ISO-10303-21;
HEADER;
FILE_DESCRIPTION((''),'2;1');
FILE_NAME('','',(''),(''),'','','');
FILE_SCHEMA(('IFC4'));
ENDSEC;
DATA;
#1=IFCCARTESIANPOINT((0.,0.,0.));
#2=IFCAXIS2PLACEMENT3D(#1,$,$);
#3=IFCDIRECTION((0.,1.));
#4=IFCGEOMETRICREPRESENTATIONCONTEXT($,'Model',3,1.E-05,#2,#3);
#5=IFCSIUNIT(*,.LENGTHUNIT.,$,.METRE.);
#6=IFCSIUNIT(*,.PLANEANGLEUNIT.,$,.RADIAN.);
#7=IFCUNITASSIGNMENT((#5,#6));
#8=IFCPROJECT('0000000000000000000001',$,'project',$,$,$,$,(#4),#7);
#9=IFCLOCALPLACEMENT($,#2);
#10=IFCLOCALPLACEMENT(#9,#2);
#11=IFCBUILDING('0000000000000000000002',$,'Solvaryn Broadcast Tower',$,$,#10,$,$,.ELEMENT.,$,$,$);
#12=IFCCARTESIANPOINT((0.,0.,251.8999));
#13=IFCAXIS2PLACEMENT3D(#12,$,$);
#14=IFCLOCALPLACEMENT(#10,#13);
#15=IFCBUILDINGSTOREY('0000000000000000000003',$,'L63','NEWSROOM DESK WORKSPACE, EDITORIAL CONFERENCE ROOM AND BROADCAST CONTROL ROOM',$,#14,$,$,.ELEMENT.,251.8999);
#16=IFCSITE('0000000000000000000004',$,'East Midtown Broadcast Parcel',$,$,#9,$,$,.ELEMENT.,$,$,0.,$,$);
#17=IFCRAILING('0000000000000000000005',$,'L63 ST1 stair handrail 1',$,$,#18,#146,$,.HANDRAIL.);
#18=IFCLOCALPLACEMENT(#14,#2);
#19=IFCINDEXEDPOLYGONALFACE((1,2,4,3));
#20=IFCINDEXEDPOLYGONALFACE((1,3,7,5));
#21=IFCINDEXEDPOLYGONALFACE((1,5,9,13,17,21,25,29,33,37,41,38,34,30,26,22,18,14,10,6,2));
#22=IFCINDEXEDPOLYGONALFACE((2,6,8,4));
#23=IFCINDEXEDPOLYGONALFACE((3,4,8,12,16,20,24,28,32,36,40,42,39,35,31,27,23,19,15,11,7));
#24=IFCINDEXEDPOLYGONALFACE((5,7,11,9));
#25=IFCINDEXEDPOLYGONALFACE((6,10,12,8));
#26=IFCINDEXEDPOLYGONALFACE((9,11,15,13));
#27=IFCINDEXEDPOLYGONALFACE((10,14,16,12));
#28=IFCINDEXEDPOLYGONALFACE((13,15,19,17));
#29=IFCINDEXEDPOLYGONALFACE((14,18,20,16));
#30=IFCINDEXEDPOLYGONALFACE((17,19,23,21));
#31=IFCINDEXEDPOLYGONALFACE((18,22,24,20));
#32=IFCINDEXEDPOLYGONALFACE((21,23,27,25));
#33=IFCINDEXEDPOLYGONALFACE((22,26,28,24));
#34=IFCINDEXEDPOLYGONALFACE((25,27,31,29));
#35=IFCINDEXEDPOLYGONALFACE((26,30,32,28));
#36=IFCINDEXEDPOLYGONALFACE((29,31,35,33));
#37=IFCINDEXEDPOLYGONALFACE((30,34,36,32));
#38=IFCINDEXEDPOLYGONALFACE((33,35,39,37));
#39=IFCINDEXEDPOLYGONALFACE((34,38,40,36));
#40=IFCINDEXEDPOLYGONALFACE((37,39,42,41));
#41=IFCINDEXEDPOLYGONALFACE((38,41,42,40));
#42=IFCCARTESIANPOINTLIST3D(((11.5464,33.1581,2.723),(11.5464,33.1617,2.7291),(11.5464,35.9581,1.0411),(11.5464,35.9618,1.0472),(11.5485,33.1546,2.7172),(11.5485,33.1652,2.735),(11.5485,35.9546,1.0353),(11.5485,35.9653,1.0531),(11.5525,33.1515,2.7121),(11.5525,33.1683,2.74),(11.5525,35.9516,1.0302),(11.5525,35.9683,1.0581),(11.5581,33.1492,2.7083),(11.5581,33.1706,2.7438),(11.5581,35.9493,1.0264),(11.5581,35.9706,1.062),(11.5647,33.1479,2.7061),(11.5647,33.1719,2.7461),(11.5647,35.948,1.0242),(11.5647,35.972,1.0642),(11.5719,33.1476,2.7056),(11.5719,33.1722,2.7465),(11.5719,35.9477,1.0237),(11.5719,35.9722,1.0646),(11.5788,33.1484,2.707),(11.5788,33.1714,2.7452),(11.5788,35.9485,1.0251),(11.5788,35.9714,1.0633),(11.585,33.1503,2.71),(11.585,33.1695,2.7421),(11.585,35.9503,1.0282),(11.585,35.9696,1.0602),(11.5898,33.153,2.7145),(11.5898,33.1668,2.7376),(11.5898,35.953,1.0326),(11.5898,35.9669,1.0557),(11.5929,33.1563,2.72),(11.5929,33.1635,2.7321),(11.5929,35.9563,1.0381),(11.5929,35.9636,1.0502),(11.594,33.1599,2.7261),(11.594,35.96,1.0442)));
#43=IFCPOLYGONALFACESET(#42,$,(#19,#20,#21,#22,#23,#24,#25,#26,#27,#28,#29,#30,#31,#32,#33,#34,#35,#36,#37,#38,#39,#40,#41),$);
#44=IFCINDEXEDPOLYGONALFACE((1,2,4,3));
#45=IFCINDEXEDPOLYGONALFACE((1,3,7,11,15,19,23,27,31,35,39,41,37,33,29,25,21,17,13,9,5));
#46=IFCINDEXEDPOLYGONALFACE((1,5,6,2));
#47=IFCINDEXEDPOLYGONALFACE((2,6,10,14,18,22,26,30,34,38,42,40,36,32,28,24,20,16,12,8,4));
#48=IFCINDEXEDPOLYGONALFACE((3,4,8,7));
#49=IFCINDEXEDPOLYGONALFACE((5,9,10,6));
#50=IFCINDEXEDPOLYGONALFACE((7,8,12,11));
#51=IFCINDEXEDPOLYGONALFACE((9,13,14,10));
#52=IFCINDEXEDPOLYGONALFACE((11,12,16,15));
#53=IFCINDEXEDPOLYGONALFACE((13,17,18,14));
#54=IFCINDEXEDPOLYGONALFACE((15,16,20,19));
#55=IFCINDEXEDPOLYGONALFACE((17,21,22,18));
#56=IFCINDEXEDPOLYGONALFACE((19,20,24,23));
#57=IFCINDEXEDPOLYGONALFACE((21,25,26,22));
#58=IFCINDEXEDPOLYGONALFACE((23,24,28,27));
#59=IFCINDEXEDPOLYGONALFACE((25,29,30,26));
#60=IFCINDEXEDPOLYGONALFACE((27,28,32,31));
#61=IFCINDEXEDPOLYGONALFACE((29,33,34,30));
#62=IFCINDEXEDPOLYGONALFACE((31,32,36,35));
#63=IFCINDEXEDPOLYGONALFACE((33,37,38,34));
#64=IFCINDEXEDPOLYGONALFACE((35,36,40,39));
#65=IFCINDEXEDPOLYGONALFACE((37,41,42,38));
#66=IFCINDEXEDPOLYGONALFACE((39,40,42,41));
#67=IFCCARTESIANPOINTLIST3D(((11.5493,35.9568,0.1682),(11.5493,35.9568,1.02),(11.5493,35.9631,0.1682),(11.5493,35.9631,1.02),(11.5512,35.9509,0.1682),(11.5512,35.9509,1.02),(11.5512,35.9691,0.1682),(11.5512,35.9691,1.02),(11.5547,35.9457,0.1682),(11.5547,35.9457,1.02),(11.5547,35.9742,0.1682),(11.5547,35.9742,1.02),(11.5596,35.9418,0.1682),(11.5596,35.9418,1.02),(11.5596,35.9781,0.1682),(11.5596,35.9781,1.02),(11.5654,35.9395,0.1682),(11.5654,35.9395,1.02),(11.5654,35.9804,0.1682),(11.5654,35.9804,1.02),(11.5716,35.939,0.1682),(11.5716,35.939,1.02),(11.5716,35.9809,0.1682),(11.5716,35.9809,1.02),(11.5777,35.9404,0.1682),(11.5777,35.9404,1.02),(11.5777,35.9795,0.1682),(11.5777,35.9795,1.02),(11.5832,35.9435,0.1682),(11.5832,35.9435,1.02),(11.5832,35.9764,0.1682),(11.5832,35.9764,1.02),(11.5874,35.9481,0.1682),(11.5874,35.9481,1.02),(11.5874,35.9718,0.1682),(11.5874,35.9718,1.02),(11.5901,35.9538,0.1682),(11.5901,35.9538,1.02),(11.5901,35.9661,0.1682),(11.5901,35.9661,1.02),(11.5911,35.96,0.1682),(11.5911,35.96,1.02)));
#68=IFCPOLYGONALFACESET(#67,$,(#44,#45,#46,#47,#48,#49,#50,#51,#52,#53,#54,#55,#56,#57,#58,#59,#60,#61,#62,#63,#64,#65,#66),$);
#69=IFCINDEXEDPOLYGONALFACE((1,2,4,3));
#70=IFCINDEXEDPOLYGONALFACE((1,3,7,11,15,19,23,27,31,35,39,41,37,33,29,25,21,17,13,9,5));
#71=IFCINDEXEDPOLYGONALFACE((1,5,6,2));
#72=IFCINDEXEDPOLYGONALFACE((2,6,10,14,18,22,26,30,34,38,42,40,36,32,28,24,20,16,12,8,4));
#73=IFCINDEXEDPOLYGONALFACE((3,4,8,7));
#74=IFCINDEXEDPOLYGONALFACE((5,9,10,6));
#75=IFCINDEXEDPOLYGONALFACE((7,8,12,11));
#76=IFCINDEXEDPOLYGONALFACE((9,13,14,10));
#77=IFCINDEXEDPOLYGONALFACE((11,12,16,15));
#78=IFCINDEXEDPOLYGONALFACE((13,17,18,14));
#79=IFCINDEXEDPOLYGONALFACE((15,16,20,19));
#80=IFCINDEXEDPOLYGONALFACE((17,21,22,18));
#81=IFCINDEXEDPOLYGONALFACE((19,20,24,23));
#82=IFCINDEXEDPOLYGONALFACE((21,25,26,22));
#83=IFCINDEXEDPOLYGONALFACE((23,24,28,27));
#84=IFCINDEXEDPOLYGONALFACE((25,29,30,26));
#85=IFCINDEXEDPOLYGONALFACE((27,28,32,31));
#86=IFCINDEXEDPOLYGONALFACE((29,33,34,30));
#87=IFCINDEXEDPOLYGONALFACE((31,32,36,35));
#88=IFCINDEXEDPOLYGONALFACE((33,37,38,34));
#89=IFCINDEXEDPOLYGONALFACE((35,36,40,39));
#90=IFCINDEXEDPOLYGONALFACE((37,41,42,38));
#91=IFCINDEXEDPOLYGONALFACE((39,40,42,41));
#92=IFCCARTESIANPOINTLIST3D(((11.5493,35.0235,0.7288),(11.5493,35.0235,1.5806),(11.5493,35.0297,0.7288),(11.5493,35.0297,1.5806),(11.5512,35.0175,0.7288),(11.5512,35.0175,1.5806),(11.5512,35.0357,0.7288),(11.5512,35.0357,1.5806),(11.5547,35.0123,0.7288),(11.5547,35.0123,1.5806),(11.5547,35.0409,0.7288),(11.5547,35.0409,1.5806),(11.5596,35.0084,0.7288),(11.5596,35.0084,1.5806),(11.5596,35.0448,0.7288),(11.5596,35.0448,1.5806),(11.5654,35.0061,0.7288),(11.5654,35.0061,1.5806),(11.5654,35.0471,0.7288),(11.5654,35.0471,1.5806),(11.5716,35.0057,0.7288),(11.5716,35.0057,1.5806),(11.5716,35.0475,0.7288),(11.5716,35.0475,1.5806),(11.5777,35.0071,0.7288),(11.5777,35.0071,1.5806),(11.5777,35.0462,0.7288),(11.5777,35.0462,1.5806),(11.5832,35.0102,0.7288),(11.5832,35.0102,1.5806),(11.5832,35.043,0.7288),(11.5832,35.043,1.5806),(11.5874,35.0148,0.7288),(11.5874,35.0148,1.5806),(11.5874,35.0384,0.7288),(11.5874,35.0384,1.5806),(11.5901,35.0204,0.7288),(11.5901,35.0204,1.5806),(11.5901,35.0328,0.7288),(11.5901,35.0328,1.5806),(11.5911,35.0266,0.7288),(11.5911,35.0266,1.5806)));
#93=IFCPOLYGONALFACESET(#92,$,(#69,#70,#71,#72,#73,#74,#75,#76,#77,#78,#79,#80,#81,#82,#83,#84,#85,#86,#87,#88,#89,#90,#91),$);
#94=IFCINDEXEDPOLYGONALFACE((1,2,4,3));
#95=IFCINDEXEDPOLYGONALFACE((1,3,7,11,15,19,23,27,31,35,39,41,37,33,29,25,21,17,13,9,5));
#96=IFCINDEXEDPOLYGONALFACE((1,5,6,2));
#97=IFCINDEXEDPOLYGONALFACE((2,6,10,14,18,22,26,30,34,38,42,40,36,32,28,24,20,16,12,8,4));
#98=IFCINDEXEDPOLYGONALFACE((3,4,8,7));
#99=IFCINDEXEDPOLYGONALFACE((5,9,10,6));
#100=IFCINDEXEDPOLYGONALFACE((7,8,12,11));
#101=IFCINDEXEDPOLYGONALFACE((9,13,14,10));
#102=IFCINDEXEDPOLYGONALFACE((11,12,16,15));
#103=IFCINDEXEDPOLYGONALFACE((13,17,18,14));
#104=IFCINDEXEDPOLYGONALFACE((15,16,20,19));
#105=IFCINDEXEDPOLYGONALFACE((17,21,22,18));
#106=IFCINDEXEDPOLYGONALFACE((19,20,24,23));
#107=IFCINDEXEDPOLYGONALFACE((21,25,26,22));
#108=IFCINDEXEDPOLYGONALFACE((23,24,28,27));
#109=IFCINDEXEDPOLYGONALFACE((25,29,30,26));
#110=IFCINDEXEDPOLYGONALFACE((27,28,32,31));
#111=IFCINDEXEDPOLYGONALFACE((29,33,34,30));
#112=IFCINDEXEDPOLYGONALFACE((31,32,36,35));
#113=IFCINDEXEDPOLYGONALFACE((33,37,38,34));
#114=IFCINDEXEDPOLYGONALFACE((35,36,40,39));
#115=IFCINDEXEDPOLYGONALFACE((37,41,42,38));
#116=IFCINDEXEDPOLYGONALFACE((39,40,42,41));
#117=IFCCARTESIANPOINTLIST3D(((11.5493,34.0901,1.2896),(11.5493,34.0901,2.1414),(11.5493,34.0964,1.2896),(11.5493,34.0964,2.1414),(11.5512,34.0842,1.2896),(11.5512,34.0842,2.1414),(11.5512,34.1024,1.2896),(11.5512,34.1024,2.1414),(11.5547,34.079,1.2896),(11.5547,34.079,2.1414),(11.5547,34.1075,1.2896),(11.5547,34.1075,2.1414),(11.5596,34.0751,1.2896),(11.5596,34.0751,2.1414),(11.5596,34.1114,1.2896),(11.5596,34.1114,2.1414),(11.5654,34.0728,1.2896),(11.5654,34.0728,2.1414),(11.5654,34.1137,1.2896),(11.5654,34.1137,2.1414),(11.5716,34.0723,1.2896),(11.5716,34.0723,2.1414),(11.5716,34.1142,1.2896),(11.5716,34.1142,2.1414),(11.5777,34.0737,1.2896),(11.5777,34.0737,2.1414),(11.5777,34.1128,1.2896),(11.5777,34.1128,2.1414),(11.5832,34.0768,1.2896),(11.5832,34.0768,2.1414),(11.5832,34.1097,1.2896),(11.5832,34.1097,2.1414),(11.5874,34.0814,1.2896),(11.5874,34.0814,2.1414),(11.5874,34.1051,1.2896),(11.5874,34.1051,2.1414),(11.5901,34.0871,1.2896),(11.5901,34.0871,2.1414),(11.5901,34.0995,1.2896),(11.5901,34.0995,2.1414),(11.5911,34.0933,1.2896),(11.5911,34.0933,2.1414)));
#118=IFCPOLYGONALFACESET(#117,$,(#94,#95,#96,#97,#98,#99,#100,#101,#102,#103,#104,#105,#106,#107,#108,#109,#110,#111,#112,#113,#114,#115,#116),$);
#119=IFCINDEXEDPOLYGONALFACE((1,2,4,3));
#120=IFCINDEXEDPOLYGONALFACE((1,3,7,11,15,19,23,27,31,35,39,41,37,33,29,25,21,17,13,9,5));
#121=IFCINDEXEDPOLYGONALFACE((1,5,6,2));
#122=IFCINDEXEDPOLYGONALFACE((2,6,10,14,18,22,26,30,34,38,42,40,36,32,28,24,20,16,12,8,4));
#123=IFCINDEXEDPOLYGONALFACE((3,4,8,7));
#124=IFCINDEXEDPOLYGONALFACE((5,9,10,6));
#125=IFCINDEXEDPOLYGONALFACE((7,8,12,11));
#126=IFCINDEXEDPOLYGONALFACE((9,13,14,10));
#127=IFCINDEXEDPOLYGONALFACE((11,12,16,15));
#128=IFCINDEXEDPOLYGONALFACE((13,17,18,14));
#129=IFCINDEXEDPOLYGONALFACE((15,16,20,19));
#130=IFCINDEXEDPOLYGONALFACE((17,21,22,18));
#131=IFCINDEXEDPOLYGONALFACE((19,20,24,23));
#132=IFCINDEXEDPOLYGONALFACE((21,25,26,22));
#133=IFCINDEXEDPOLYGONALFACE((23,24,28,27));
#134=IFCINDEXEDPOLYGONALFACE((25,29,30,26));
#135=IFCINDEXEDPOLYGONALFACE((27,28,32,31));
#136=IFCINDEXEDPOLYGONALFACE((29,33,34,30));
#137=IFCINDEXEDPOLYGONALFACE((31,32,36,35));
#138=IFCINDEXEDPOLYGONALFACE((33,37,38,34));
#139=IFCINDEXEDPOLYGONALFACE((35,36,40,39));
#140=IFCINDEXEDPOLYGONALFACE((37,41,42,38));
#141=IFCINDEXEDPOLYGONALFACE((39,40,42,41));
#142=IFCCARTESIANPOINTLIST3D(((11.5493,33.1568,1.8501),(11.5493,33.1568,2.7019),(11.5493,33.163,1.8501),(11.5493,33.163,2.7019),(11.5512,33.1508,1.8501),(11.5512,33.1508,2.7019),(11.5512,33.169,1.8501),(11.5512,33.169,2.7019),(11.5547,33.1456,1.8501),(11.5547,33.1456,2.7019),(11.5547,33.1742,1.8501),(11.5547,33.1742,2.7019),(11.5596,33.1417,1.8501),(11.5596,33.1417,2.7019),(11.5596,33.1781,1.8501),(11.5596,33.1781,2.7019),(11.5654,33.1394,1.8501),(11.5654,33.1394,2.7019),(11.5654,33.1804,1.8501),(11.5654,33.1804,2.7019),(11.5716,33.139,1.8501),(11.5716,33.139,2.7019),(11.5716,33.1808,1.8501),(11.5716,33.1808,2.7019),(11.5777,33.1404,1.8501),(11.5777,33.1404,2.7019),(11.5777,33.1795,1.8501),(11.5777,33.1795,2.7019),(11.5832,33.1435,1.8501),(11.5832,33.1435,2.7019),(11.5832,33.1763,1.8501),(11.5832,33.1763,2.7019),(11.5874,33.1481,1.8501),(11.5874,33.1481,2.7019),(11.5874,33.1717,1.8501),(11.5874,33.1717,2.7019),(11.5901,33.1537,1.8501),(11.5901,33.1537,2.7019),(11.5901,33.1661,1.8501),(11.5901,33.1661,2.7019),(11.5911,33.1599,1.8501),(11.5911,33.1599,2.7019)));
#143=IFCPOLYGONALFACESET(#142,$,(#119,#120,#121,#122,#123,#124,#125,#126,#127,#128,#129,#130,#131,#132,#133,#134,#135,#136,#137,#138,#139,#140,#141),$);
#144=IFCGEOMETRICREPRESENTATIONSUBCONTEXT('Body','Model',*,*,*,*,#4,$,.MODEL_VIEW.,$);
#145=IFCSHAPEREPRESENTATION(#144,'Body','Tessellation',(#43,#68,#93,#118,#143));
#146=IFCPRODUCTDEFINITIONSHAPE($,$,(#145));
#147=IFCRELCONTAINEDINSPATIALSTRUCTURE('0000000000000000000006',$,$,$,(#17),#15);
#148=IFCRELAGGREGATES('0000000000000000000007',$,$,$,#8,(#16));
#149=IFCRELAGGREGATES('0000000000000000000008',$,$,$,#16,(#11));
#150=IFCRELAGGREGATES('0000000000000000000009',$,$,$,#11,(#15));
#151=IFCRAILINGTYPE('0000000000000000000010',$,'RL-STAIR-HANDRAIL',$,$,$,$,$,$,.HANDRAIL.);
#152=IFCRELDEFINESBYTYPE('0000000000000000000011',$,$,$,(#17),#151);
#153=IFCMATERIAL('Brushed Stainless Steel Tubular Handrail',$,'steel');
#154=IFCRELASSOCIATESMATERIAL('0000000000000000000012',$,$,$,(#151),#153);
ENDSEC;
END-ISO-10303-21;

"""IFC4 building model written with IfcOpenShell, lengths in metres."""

from ifc_helpers import new_model, si_unit, direction, frame, origin, origin_2d, place, context, subcontext, project, spatial, circle, extrude, material, type_object, element, save


model = new_model("IFC4")

# Units and contexts
model_context = context("Model", 3, precision=1e-05, world=origin(), true_north=direction((0.0, 1.0)))
body_context = subcontext(model_context, "Body", "Model", "MODEL_VIEW")
ifc_project = project(units=[si_unit("LENGTHUNIT", "METRE"), si_unit("PLANEANGLEUNIT", "RADIAN")], contexts=[model_context])

# Site, building, storey
site_placement = place(None, origin())
site = spatial("IfcSite", under=ifc_project, at=site_placement, Name="East Midtown Broadcast Parcel", CompositionType="ELEMENT", RefElevation=0.0)
building_placement = place(site_placement, origin())
building = spatial("IfcBuilding", under=site, at=building_placement, Name="Solvaryn Broadcast Tower", CompositionType="ELEMENT")
storey_placement = place(building_placement, frame((0.0, 0.0, 251.8999)))
storey = spatial("IfcBuildingStorey", under=building, at=storey_placement, Name="L63", Description="NEWSROOM DESK WORKSPACE, EDITORIAL CONFERENCE ROOM AND BROADCAST CONTROL ROOM", CompositionType="ELEMENT", Elevation=251.8999)

# Railing
ifc_material_1 = material(Name="Brushed Stainless Steel Tubular Handrail", Category="steel")
railing_type_1 = type_object("IfcRailingType", Name="RL-STAIR-HANDRAIL", PredefinedType="HANDRAIL", material=ifc_material_1)
railing_1_placement = place(storey_placement, frame((11.5701, 35.96, 0.1682)))
element("IfcRailing", 1, at=railing_1_placement, inside=storey, type_object=railing_type_1, Name="L63 ST1 stair handrail 1", PredefinedType="HANDRAIL", context=body_context, shape_type="SweptSolid", body=[
    extrude(circle(Radius=0.0239, at=origin_2d()), frame((0.0, 0.0, 0.876), z_axis=(0.0, -0.857242, 0.514913), x_axis=(1.0, 0.0, 0.0)), (0.0, 0.0, 1.0), 3.2664),
    extrude(circle(Radius=0.021, at=origin_2d()), origin(), (0.0, 0.0, 1.0), 0.8518),
    extrude(circle(Radius=0.021, at=origin_2d()), frame((0.0, -0.9333, 0.5605)), (0.0, 0.0, 1.0), 0.8518),
    extrude(circle(Radius=0.021, at=origin_2d()), frame((0.0, -1.8667, 1.1213)), (0.0, 0.0, 1.0), 0.8518),
    extrude(circle(Radius=0.021, at=origin_2d()), frame((0.0, -2.8, 1.6819)), (0.0, 0.0, 1.0), 0.8518),
])

save(model, "model.ifc")
